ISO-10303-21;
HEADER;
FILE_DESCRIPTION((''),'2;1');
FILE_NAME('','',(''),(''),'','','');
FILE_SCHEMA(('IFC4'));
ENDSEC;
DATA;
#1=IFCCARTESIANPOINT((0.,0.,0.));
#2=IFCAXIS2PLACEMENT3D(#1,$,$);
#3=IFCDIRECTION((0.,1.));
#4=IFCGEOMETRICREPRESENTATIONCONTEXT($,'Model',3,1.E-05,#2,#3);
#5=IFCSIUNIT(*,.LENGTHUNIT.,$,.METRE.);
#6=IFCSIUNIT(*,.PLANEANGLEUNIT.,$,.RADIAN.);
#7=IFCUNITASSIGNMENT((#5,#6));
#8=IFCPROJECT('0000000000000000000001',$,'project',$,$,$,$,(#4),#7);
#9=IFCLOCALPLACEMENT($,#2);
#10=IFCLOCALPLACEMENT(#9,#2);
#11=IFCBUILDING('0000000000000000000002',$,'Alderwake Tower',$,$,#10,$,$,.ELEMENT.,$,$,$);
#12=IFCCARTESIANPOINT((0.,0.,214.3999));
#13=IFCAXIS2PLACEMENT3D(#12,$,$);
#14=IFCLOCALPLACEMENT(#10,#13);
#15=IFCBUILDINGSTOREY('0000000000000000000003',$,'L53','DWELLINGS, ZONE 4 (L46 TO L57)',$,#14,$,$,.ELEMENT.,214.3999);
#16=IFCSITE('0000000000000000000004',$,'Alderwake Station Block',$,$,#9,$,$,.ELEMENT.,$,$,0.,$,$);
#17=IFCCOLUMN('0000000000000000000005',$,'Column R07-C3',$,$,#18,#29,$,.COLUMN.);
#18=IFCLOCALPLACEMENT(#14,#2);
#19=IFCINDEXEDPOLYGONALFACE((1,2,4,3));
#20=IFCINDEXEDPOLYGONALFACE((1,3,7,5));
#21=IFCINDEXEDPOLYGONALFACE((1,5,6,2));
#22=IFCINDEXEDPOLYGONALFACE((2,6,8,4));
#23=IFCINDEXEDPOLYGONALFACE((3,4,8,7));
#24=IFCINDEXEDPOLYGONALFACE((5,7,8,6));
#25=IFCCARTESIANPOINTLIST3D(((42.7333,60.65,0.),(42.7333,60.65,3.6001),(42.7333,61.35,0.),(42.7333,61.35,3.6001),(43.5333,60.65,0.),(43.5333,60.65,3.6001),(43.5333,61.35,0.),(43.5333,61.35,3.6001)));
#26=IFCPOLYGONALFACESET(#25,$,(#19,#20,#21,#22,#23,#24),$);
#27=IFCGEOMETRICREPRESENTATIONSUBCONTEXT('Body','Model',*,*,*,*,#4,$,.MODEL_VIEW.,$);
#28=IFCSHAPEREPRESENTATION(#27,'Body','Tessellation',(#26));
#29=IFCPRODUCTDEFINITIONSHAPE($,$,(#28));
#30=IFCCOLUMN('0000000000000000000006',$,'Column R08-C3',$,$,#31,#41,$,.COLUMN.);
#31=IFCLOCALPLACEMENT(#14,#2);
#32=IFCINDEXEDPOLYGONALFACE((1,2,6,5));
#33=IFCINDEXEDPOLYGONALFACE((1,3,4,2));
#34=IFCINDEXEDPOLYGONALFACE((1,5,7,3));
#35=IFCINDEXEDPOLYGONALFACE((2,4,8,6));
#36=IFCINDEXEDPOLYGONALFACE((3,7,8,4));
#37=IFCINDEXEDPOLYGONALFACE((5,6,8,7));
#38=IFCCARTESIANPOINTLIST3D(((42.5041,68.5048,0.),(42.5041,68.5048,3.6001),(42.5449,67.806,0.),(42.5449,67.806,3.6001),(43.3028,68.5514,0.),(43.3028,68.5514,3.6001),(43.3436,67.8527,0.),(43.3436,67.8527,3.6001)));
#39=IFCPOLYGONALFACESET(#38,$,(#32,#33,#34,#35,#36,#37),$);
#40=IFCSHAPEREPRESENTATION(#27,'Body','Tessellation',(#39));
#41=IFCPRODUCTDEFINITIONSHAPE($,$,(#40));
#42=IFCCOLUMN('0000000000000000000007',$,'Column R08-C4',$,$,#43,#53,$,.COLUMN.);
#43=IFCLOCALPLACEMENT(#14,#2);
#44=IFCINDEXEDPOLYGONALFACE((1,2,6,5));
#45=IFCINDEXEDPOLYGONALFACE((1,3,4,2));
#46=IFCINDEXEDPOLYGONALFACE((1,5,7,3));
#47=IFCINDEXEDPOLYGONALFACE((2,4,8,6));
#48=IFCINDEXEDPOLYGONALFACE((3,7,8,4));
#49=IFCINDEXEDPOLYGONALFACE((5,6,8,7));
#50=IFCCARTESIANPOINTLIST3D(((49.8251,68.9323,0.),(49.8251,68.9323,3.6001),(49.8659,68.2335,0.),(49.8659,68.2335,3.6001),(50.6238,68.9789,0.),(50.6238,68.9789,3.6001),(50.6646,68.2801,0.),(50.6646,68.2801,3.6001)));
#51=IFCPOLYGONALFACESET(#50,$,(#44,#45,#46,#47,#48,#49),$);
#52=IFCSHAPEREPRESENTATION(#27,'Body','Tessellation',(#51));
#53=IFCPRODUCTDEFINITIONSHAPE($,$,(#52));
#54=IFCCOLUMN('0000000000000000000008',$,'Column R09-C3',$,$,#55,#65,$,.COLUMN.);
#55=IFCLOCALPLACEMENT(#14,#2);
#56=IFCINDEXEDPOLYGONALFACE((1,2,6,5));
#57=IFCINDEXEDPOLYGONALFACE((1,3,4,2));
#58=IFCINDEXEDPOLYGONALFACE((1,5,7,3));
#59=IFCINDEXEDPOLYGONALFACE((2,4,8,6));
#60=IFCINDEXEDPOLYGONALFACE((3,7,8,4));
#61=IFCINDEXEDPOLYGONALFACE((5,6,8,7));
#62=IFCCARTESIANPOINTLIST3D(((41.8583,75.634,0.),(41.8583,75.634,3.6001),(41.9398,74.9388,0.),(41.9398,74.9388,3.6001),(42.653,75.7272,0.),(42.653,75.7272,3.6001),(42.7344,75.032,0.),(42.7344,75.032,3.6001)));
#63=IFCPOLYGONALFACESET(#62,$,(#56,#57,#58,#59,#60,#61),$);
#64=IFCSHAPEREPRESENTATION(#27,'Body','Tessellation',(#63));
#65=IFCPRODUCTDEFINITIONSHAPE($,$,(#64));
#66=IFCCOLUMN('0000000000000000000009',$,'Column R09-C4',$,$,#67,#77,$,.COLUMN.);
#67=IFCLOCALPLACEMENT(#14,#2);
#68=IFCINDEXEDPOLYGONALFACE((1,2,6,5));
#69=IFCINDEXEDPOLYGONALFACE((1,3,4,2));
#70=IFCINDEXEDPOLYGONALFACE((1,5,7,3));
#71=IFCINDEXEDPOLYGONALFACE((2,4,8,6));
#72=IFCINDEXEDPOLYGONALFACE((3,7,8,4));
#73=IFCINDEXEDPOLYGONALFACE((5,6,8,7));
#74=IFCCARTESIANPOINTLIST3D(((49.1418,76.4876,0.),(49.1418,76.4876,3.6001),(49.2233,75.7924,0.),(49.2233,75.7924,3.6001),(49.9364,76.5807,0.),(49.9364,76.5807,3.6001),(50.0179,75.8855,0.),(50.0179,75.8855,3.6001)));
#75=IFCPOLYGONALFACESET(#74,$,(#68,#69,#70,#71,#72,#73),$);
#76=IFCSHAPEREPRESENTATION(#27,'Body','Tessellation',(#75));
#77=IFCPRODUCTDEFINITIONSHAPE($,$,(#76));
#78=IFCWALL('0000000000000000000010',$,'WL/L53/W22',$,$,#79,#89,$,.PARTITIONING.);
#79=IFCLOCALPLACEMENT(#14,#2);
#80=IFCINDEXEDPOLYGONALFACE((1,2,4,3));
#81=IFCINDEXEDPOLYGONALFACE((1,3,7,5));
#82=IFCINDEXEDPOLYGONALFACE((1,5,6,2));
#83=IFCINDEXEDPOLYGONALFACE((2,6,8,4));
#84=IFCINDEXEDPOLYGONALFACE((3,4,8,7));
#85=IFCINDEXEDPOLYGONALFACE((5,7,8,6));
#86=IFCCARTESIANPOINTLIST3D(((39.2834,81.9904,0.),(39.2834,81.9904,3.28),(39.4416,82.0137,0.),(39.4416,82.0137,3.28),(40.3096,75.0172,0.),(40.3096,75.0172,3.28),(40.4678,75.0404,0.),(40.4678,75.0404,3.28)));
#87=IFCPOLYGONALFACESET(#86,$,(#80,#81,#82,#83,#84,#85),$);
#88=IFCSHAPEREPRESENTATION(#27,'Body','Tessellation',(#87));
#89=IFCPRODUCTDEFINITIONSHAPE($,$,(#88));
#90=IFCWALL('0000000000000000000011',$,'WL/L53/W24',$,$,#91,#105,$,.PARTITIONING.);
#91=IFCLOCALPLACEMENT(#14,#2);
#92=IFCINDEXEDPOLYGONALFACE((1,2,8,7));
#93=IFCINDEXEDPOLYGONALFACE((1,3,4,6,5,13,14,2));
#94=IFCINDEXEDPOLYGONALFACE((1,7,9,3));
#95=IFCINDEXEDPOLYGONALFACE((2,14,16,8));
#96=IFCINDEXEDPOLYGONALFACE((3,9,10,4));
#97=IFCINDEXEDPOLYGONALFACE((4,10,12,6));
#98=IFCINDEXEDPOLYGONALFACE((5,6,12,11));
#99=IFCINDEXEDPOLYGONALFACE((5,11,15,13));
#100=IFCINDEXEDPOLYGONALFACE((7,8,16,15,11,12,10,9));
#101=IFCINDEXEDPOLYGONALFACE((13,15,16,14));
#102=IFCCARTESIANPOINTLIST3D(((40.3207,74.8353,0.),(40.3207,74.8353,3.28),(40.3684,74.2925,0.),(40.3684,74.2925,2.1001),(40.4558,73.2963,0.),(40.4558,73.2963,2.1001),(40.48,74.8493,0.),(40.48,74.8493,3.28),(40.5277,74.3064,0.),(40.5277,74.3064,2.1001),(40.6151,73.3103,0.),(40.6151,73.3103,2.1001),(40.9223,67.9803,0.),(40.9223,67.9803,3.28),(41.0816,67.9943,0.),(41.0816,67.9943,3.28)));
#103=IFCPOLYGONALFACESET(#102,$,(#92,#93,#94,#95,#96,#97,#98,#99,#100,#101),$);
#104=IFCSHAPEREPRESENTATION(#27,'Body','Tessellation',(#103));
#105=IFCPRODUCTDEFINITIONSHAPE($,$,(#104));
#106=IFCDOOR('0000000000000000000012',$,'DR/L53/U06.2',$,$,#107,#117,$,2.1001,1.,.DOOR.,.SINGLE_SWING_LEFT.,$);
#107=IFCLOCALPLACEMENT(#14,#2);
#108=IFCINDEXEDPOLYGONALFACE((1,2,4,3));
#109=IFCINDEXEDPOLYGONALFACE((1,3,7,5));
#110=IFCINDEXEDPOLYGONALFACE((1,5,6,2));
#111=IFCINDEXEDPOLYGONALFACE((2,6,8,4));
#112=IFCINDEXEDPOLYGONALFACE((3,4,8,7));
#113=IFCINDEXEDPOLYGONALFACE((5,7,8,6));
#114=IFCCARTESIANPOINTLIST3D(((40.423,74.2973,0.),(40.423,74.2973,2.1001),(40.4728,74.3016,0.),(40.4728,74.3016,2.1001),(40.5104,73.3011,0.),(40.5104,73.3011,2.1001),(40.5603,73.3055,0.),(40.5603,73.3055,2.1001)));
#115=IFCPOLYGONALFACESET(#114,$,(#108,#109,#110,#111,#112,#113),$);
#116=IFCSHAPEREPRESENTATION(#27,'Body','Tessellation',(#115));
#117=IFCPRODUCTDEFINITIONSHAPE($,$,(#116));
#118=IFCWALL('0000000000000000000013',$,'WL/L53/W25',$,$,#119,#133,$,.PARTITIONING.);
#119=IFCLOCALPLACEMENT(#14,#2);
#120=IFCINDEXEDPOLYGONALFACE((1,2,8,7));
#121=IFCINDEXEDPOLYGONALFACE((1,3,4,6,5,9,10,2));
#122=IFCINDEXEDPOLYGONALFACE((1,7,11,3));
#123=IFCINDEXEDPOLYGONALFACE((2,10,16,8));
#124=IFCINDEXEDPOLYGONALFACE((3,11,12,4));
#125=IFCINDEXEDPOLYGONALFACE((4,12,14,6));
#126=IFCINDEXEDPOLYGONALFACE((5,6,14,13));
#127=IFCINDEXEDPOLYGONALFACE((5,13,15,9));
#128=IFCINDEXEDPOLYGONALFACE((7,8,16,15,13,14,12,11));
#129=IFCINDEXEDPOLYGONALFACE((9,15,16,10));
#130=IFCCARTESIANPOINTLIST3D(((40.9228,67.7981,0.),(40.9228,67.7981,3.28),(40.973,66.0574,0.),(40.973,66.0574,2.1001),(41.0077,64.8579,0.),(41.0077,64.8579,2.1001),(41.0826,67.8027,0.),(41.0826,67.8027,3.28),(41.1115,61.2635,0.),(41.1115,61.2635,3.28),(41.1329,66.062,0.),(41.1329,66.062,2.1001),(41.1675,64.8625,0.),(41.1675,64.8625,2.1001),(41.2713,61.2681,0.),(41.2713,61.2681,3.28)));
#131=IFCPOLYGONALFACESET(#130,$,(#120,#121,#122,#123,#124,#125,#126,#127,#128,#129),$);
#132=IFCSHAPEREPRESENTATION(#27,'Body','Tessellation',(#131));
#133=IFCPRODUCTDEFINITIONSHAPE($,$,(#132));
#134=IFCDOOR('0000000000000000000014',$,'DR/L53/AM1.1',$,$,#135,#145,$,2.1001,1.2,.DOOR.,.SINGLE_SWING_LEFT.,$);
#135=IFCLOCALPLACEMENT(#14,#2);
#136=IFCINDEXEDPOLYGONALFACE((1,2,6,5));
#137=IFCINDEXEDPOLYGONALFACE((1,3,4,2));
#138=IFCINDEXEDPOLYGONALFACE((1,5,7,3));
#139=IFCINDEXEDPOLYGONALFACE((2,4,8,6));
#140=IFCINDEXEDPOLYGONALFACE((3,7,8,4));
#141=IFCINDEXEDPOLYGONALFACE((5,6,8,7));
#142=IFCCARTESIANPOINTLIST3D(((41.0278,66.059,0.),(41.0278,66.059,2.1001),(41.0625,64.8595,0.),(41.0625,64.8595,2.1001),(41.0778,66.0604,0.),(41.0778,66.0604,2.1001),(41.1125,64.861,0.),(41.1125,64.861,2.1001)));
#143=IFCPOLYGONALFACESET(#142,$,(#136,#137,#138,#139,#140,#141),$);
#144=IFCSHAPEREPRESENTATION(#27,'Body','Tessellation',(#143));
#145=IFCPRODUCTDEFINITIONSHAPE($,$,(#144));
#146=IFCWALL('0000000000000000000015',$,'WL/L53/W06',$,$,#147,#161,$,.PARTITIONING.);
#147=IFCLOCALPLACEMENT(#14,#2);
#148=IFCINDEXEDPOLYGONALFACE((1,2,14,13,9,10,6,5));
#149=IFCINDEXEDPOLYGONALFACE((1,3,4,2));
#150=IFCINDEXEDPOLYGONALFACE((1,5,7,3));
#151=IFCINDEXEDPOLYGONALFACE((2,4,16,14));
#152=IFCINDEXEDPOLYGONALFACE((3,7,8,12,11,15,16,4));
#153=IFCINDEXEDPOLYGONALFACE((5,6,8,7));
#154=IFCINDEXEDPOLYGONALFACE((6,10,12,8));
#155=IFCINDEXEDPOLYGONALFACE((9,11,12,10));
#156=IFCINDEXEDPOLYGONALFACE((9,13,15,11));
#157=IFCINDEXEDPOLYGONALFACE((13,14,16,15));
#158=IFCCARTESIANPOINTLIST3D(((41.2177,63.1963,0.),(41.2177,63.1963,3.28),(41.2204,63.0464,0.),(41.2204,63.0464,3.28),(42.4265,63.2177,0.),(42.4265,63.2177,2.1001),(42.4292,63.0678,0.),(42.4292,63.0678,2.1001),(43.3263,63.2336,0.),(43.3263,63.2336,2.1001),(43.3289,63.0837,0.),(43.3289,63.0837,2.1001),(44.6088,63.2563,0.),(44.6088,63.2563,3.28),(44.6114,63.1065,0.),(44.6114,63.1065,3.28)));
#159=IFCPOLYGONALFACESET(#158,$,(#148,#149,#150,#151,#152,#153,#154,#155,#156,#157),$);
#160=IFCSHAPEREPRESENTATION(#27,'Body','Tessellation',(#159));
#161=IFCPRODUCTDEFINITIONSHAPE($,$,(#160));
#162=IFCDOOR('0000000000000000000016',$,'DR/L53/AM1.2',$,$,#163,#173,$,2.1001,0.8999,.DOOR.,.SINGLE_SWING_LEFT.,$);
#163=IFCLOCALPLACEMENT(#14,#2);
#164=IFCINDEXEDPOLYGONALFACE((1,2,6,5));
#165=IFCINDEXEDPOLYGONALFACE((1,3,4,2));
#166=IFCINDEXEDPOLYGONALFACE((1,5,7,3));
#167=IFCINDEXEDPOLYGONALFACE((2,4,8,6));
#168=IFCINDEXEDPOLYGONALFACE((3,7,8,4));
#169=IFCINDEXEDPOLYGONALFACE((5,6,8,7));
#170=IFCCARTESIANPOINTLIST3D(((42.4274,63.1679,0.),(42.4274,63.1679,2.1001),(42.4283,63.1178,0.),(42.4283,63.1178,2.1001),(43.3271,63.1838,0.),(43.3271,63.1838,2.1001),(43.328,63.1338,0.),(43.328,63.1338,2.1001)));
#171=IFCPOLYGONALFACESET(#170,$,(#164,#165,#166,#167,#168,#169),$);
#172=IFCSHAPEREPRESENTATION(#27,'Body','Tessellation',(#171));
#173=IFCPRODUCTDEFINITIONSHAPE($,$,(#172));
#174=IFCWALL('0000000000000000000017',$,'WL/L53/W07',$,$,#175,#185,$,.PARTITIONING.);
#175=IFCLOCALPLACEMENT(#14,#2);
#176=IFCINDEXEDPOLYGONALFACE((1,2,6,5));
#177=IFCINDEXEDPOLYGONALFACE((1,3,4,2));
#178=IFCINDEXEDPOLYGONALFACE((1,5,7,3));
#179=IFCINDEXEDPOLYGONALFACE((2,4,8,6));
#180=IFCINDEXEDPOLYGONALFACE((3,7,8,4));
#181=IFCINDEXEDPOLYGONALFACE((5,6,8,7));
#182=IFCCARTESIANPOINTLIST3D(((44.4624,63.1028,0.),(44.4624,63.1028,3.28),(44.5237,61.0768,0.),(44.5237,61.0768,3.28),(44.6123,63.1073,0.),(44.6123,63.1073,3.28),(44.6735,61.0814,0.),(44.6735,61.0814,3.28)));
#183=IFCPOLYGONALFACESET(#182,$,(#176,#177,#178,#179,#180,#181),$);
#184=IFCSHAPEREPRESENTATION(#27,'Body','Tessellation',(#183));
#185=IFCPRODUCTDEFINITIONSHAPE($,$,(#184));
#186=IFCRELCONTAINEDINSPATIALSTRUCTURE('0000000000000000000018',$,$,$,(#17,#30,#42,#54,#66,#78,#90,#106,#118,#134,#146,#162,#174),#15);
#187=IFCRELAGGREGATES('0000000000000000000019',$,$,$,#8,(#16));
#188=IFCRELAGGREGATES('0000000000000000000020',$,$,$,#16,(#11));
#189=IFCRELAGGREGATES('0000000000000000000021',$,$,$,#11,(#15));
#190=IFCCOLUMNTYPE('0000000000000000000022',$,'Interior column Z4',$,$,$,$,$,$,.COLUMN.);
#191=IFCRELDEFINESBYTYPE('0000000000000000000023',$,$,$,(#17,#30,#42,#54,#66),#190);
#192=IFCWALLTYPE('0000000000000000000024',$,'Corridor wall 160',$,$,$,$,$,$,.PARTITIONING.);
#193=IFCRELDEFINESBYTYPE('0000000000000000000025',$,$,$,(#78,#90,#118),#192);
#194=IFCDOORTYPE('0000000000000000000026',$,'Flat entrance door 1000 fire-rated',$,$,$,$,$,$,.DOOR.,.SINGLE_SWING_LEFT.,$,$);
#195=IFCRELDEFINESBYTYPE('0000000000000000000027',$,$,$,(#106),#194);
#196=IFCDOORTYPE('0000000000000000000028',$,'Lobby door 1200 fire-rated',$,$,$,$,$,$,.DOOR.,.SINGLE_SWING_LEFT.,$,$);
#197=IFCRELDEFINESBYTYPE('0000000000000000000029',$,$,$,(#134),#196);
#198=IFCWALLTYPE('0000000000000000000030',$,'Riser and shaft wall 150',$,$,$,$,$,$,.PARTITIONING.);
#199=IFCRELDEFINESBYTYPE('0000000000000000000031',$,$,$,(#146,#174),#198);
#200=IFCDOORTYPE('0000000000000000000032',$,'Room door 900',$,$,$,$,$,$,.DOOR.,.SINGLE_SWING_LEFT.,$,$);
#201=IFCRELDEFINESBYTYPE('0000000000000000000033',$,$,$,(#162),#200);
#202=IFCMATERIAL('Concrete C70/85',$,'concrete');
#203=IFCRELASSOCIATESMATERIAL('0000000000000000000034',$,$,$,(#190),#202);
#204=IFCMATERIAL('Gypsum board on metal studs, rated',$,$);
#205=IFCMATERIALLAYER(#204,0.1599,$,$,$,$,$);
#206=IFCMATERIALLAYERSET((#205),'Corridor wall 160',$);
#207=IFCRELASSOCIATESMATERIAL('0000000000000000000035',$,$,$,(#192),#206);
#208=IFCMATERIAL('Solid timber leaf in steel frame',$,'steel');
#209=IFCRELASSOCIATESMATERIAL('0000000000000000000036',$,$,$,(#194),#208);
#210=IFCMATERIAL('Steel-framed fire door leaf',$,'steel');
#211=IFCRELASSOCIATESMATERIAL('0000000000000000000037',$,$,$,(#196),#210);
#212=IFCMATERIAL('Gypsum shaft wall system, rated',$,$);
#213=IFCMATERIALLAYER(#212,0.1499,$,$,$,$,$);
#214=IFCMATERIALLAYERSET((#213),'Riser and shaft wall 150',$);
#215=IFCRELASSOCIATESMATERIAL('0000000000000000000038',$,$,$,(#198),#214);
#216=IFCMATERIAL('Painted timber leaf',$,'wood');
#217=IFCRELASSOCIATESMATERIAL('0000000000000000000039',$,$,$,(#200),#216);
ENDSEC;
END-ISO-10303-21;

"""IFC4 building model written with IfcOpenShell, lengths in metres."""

from ifc_helpers import new_model, si_unit, direction, frame, frame_2d, origin, origin_2d, place, context, subcontext, project, spatial, rectangle, extrude, material, layer, layer_set, material_profile, profile_set, type_object, element, fill, save


model = new_model("IFC4")

# Units and contexts
model_context = context("Model", 3, precision=1e-05, world=origin(), true_north=direction((0.0, 1.0)))
body_context = subcontext(model_context, "Body", "Model", "MODEL_VIEW")
ifc_project = project(units=[si_unit("LENGTHUNIT", "METRE"), si_unit("PLANEANGLEUNIT", "RADIAN")], contexts=[model_context])

# Site, building, storey
site_placement = place(None, origin())
site = spatial("IfcSite", under=ifc_project, at=site_placement, Name="Alderwake Station Block", CompositionType="ELEMENT", RefElevation=0.0)
building_placement = place(site_placement, origin())
building = spatial("IfcBuilding", under=site, at=building_placement, Name="Alderwake Tower", CompositionType="ELEMENT")
storey_placement = place(building_placement, frame((0.0, 0.0, 214.3999)))
storey = spatial("IfcBuildingStorey", under=building, at=storey_placement, Name="L53", Description="DWELLINGS, ZONE 4 (L46 TO L57)", CompositionType="ELEMENT", Elevation=214.3999)

# Columns
ifc_material_1 = material(Name="Concrete C70/85", Category="concrete")
ifc_material_profile = material_profile(ifc_material_1, rectangle(XDim=0.7, YDim=0.8, at=origin_2d()), Name="RC 800X700")
ifc_profile_set = profile_set([ifc_material_profile], Name="Concrete C70/85")
column_type = type_object("IfcColumnType", Name="Interior column Z4", PredefinedType="COLUMN", material=ifc_profile_set)
for number, where, z_axis, x_axis, name in (
    (1, (43.1333, 61.0, 0.0), (0.0, 0.0, 1.0), (0.0, 1.0, 0.0), "Column R07-C3"),
    (2, (42.9238, 68.1787, 0.0), (0.0, 0.0, 1.0), (-0.058301, 0.998299, 0.0), "Column R08-C3"),
    (3, (50.2449, 68.6062, 0.0), (0.0, 0.0, 1.0), (-0.058299, 0.998299, 0.0), "Column R08-C4"),
    (4, (42.2964, 75.333, 0.0), (0.0, 0.0, 1.0), (-0.116402, 0.993202, 0.0), "Column R09-C3"),
    (5, (49.5798, 76.1865, 0.0), (0.0, 0.0, 1.0), (-0.116402, 0.993202, 0.0), "Column R09-C4"),
):
    element("IfcColumn", number, at=place(storey_placement, frame(where, z_axis=z_axis, x_axis=x_axis)), inside=storey, type_object=column_type, Name=name, PredefinedType="COLUMN", context=body_context, shape_type="SweptSolid", body=[
        extrude(rectangle(XDim=0.7, YDim=0.8, at=origin_2d()), origin(), (0.0, 0.0, 1.0), 3.6001),
    ])

# Wall
ifc_material_2 = material(Name="Gypsum board on metal studs, rated")
ifc_layer_1 = layer(ifc_material_2, 0.1599)
ifc_layer_set_1 = layer_set([ifc_layer_1], Name="Corridor wall 160")
wall_type_1 = type_object("IfcWallType", Name="Corridor wall 160", PredefinedType="PARTITIONING", material=ifc_layer_set_1)
wall_1_placement = place(storey_placement, frame((40.3887, 75.0288, 0.0), z_axis=(0.0, 0.0, 1.0), x_axis=(-0.145586, 0.989346, 0.0)))
element("IfcWall", 6, at=wall_1_placement, inside=storey, type_object=wall_type_1, Name="WL/L53/W22", PredefinedType="PARTITIONING", context=body_context, shape_type="SweptSolid", body=[
    extrude(rectangle(XDim=7.0483, YDim=0.1599, at=frame_2d((3.5242, 0.0))), origin(), (0.0, 0.0, 1.0), 3.28),
])

# Walls, openings, doors
wall_2_placement = place(storey_placement, frame((40.4004, 74.8423, 0.0), z_axis=(0.0, 0.0, 1.0), x_axis=(0.08742, -0.996172, 0.0)))
wall_2 = element("IfcWall", 7, at=wall_2_placement, inside=storey, type_object=wall_type_1, Name="WL/L53/W24", PredefinedType="PARTITIONING", context=body_context, shape_type="SweptSolid", body=[
    extrude(rectangle(XDim=6.8813, YDim=0.1599, at=frame_2d((3.4407, 0.0))), origin(), (0.0, 0.0, 1.0), 3.28),
])
opening_1_placement = place(wall_2_placement, frame((0.5449, 0.0, 0.0)))
opening_1 = element("IfcOpeningElement", 8, at=opening_1_placement, cuts=wall_2, PredefinedType="OPENING", context=body_context, shape_type="SweptSolid", body=[
    extrude(rectangle(XDim=1.0, YDim=2.1001, at=frame_2d((0.5, 1.05))), frame((0.0, 0.0898, 0.0), z_axis=(0.0, -1.0, 0.0), x_axis=(1.0, 0.0, 0.0)), (0.0, 0.0, 1.0), 0.1799),
])
ifc_material_3 = material(Name="Solid timber leaf in steel frame", Category="steel")
door_type_1 = type_object("IfcDoorType", Name="Flat entrance door 1000 fire-rated", OperationType="SINGLE_SWING_LEFT", PredefinedType="DOOR", material=ifc_material_3)
door_1_placement = place(opening_1_placement, origin())
door_1 = element("IfcDoor", 9, at=door_1_placement, inside=storey, type_object=door_type_1, Name="DR/L53/U06.2", OperationType="SINGLE_SWING_LEFT", OverallHeight=2.1001, OverallWidth=1.0, PredefinedType="DOOR", context=body_context, shape_type="SweptSolid", body=[
    extrude(rectangle(XDim=1.0, YDim=2.1001, at=frame_2d((0.5, 1.05))), frame((0.0, 0.0249, 0.0), z_axis=(0.0, -1.0, 0.0), x_axis=(1.0, 0.0, 0.0)), (0.0, 0.0, 1.0), 0.05),
])
fill(opening_1, door_1)
wall_3_placement = place(storey_placement, frame((41.0027, 67.8003, 0.0), z_axis=(0.0, 0.0, 1.0), x_axis=(0.028868, -0.999583, 0.0)))
wall_3 = element("IfcWall", 10, at=wall_3_placement, inside=storey, type_object=wall_type_1, Name="WL/L53/W25", PredefinedType="PARTITIONING", context=body_context, shape_type="SweptSolid", body=[
    extrude(rectangle(XDim=6.5374, YDim=0.1599, at=frame_2d((3.2686, 0.0))), origin(), (0.0, 0.0, 1.0), 3.28),
])
opening_2_placement = place(wall_3_placement, frame((1.7412, 0.0, 0.0)))
opening_2 = element("IfcOpeningElement", 11, at=opening_2_placement, cuts=wall_3, PredefinedType="OPENING", context=body_context, shape_type="SweptSolid", body=[
    extrude(rectangle(XDim=1.2, YDim=2.1001, at=frame_2d((0.6001, 1.05))), frame((0.0, 0.0898, 0.0), z_axis=(0.0, -1.0, 0.0), x_axis=(1.0, 0.0, 0.0)), (0.0, 0.0, 1.0), 0.1799),
])
ifc_material_4 = material(Name="Steel-framed fire door leaf", Category="steel")
door_type_2 = type_object("IfcDoorType", Name="Lobby door 1200 fire-rated", OperationType="SINGLE_SWING_LEFT", PredefinedType="DOOR", material=ifc_material_4)
door_2_placement = place(opening_2_placement, origin())
door_2 = element("IfcDoor", 12, at=door_2_placement, inside=storey, type_object=door_type_2, Name="DR/L53/AM1.1", OperationType="SINGLE_SWING_LEFT", OverallHeight=2.1001, OverallWidth=1.2, PredefinedType="DOOR", context=body_context, shape_type="SweptSolid", body=[
    extrude(rectangle(XDim=1.2, YDim=2.1001, at=frame_2d((0.6001, 1.05))), frame((0.0, 0.0249, 0.0), z_axis=(0.0, -1.0, 0.0), x_axis=(1.0, 0.0, 0.0)), (0.0, 0.0, 1.0), 0.05),
])
fill(opening_2, door_2)
ifc_material_5 = material(Name="Gypsum shaft wall system, rated")
ifc_layer_2 = layer(ifc_material_5, 0.1499)
ifc_layer_set_2 = layer_set([ifc_layer_2], Name="Riser and shaft wall 150")
wall_type_2 = type_object("IfcWallType", Name="Riser and shaft wall 150", PredefinedType="PARTITIONING", material=ifc_layer_set_2)
wall_4_placement = place(storey_placement, frame((44.6101, 63.1814, 0.0), z_axis=(0.0, 0.0, 1.0), x_axis=(-0.999843, -0.017708, 0.0)))
wall_4 = element("IfcWall", 13, at=wall_4_placement, inside=storey, type_object=wall_type_2, Name="WL/L53/W06", PredefinedType="PARTITIONING", context=body_context, shape_type="SweptSolid", body=[
    extrude(rectangle(XDim=3.3916, YDim=0.1499, at=frame_2d((1.6958, 0.0))), origin(), (0.0, 0.0, 1.0), 3.28),
])
opening_3_placement = place(wall_4_placement, frame((1.2827, 0.0, 0.0)))
opening_3 = element("IfcOpeningElement", 14, at=opening_3_placement, cuts=wall_4, PredefinedType="OPENING", context=body_context, shape_type="SweptSolid", body=[
    extrude(rectangle(XDim=0.8999, YDim=2.1001, at=frame_2d((0.45, 1.05))), frame((0.0, 0.085, 0.0), z_axis=(0.0, -1.0, 0.0), x_axis=(1.0, 0.0, 0.0)), (0.0, 0.0, 1.0), 0.1699),
])
ifc_material_6 = material(Name="Painted timber leaf", Category="wood")
door_type_3 = type_object("IfcDoorType", Name="Room door 900", OperationType="SINGLE_SWING_LEFT", PredefinedType="DOOR", material=ifc_material_6)
door_3_placement = place(opening_3_placement, origin())
door_3 = element("IfcDoor", 15, at=door_3_placement, inside=storey, type_object=door_type_3, Name="DR/L53/AM1.2", OperationType="SINGLE_SWING_LEFT", OverallHeight=2.1001, OverallWidth=0.8999, PredefinedType="DOOR", context=body_context, shape_type="SweptSolid", body=[
    extrude(rectangle(XDim=0.8999, YDim=2.1001, at=frame_2d((0.45, 1.05))), frame((0.0, 0.0249, 0.0), z_axis=(0.0, -1.0, 0.0), x_axis=(1.0, 0.0, 0.0)), (0.0, 0.0, 1.0), 0.05),
])
fill(opening_3, door_3)

# Wall
wall_5_placement = place(storey_placement, frame((44.5986, 61.0791, 0.0), z_axis=(0.0, 0.0, 1.0), x_axis=(-0.030234, 0.999543, 0.0)))
element("IfcWall", 16, at=wall_5_placement, inside=storey, type_object=wall_type_2, Name="WL/L53/W07", PredefinedType="PARTITIONING", context=body_context, shape_type="SweptSolid", body=[
    extrude(rectangle(XDim=2.0269, YDim=0.1499, at=frame_2d((1.0134, 0.0))), origin(), (0.0, 0.0, 1.0), 3.28),
])

save(model, "model.ifc")
